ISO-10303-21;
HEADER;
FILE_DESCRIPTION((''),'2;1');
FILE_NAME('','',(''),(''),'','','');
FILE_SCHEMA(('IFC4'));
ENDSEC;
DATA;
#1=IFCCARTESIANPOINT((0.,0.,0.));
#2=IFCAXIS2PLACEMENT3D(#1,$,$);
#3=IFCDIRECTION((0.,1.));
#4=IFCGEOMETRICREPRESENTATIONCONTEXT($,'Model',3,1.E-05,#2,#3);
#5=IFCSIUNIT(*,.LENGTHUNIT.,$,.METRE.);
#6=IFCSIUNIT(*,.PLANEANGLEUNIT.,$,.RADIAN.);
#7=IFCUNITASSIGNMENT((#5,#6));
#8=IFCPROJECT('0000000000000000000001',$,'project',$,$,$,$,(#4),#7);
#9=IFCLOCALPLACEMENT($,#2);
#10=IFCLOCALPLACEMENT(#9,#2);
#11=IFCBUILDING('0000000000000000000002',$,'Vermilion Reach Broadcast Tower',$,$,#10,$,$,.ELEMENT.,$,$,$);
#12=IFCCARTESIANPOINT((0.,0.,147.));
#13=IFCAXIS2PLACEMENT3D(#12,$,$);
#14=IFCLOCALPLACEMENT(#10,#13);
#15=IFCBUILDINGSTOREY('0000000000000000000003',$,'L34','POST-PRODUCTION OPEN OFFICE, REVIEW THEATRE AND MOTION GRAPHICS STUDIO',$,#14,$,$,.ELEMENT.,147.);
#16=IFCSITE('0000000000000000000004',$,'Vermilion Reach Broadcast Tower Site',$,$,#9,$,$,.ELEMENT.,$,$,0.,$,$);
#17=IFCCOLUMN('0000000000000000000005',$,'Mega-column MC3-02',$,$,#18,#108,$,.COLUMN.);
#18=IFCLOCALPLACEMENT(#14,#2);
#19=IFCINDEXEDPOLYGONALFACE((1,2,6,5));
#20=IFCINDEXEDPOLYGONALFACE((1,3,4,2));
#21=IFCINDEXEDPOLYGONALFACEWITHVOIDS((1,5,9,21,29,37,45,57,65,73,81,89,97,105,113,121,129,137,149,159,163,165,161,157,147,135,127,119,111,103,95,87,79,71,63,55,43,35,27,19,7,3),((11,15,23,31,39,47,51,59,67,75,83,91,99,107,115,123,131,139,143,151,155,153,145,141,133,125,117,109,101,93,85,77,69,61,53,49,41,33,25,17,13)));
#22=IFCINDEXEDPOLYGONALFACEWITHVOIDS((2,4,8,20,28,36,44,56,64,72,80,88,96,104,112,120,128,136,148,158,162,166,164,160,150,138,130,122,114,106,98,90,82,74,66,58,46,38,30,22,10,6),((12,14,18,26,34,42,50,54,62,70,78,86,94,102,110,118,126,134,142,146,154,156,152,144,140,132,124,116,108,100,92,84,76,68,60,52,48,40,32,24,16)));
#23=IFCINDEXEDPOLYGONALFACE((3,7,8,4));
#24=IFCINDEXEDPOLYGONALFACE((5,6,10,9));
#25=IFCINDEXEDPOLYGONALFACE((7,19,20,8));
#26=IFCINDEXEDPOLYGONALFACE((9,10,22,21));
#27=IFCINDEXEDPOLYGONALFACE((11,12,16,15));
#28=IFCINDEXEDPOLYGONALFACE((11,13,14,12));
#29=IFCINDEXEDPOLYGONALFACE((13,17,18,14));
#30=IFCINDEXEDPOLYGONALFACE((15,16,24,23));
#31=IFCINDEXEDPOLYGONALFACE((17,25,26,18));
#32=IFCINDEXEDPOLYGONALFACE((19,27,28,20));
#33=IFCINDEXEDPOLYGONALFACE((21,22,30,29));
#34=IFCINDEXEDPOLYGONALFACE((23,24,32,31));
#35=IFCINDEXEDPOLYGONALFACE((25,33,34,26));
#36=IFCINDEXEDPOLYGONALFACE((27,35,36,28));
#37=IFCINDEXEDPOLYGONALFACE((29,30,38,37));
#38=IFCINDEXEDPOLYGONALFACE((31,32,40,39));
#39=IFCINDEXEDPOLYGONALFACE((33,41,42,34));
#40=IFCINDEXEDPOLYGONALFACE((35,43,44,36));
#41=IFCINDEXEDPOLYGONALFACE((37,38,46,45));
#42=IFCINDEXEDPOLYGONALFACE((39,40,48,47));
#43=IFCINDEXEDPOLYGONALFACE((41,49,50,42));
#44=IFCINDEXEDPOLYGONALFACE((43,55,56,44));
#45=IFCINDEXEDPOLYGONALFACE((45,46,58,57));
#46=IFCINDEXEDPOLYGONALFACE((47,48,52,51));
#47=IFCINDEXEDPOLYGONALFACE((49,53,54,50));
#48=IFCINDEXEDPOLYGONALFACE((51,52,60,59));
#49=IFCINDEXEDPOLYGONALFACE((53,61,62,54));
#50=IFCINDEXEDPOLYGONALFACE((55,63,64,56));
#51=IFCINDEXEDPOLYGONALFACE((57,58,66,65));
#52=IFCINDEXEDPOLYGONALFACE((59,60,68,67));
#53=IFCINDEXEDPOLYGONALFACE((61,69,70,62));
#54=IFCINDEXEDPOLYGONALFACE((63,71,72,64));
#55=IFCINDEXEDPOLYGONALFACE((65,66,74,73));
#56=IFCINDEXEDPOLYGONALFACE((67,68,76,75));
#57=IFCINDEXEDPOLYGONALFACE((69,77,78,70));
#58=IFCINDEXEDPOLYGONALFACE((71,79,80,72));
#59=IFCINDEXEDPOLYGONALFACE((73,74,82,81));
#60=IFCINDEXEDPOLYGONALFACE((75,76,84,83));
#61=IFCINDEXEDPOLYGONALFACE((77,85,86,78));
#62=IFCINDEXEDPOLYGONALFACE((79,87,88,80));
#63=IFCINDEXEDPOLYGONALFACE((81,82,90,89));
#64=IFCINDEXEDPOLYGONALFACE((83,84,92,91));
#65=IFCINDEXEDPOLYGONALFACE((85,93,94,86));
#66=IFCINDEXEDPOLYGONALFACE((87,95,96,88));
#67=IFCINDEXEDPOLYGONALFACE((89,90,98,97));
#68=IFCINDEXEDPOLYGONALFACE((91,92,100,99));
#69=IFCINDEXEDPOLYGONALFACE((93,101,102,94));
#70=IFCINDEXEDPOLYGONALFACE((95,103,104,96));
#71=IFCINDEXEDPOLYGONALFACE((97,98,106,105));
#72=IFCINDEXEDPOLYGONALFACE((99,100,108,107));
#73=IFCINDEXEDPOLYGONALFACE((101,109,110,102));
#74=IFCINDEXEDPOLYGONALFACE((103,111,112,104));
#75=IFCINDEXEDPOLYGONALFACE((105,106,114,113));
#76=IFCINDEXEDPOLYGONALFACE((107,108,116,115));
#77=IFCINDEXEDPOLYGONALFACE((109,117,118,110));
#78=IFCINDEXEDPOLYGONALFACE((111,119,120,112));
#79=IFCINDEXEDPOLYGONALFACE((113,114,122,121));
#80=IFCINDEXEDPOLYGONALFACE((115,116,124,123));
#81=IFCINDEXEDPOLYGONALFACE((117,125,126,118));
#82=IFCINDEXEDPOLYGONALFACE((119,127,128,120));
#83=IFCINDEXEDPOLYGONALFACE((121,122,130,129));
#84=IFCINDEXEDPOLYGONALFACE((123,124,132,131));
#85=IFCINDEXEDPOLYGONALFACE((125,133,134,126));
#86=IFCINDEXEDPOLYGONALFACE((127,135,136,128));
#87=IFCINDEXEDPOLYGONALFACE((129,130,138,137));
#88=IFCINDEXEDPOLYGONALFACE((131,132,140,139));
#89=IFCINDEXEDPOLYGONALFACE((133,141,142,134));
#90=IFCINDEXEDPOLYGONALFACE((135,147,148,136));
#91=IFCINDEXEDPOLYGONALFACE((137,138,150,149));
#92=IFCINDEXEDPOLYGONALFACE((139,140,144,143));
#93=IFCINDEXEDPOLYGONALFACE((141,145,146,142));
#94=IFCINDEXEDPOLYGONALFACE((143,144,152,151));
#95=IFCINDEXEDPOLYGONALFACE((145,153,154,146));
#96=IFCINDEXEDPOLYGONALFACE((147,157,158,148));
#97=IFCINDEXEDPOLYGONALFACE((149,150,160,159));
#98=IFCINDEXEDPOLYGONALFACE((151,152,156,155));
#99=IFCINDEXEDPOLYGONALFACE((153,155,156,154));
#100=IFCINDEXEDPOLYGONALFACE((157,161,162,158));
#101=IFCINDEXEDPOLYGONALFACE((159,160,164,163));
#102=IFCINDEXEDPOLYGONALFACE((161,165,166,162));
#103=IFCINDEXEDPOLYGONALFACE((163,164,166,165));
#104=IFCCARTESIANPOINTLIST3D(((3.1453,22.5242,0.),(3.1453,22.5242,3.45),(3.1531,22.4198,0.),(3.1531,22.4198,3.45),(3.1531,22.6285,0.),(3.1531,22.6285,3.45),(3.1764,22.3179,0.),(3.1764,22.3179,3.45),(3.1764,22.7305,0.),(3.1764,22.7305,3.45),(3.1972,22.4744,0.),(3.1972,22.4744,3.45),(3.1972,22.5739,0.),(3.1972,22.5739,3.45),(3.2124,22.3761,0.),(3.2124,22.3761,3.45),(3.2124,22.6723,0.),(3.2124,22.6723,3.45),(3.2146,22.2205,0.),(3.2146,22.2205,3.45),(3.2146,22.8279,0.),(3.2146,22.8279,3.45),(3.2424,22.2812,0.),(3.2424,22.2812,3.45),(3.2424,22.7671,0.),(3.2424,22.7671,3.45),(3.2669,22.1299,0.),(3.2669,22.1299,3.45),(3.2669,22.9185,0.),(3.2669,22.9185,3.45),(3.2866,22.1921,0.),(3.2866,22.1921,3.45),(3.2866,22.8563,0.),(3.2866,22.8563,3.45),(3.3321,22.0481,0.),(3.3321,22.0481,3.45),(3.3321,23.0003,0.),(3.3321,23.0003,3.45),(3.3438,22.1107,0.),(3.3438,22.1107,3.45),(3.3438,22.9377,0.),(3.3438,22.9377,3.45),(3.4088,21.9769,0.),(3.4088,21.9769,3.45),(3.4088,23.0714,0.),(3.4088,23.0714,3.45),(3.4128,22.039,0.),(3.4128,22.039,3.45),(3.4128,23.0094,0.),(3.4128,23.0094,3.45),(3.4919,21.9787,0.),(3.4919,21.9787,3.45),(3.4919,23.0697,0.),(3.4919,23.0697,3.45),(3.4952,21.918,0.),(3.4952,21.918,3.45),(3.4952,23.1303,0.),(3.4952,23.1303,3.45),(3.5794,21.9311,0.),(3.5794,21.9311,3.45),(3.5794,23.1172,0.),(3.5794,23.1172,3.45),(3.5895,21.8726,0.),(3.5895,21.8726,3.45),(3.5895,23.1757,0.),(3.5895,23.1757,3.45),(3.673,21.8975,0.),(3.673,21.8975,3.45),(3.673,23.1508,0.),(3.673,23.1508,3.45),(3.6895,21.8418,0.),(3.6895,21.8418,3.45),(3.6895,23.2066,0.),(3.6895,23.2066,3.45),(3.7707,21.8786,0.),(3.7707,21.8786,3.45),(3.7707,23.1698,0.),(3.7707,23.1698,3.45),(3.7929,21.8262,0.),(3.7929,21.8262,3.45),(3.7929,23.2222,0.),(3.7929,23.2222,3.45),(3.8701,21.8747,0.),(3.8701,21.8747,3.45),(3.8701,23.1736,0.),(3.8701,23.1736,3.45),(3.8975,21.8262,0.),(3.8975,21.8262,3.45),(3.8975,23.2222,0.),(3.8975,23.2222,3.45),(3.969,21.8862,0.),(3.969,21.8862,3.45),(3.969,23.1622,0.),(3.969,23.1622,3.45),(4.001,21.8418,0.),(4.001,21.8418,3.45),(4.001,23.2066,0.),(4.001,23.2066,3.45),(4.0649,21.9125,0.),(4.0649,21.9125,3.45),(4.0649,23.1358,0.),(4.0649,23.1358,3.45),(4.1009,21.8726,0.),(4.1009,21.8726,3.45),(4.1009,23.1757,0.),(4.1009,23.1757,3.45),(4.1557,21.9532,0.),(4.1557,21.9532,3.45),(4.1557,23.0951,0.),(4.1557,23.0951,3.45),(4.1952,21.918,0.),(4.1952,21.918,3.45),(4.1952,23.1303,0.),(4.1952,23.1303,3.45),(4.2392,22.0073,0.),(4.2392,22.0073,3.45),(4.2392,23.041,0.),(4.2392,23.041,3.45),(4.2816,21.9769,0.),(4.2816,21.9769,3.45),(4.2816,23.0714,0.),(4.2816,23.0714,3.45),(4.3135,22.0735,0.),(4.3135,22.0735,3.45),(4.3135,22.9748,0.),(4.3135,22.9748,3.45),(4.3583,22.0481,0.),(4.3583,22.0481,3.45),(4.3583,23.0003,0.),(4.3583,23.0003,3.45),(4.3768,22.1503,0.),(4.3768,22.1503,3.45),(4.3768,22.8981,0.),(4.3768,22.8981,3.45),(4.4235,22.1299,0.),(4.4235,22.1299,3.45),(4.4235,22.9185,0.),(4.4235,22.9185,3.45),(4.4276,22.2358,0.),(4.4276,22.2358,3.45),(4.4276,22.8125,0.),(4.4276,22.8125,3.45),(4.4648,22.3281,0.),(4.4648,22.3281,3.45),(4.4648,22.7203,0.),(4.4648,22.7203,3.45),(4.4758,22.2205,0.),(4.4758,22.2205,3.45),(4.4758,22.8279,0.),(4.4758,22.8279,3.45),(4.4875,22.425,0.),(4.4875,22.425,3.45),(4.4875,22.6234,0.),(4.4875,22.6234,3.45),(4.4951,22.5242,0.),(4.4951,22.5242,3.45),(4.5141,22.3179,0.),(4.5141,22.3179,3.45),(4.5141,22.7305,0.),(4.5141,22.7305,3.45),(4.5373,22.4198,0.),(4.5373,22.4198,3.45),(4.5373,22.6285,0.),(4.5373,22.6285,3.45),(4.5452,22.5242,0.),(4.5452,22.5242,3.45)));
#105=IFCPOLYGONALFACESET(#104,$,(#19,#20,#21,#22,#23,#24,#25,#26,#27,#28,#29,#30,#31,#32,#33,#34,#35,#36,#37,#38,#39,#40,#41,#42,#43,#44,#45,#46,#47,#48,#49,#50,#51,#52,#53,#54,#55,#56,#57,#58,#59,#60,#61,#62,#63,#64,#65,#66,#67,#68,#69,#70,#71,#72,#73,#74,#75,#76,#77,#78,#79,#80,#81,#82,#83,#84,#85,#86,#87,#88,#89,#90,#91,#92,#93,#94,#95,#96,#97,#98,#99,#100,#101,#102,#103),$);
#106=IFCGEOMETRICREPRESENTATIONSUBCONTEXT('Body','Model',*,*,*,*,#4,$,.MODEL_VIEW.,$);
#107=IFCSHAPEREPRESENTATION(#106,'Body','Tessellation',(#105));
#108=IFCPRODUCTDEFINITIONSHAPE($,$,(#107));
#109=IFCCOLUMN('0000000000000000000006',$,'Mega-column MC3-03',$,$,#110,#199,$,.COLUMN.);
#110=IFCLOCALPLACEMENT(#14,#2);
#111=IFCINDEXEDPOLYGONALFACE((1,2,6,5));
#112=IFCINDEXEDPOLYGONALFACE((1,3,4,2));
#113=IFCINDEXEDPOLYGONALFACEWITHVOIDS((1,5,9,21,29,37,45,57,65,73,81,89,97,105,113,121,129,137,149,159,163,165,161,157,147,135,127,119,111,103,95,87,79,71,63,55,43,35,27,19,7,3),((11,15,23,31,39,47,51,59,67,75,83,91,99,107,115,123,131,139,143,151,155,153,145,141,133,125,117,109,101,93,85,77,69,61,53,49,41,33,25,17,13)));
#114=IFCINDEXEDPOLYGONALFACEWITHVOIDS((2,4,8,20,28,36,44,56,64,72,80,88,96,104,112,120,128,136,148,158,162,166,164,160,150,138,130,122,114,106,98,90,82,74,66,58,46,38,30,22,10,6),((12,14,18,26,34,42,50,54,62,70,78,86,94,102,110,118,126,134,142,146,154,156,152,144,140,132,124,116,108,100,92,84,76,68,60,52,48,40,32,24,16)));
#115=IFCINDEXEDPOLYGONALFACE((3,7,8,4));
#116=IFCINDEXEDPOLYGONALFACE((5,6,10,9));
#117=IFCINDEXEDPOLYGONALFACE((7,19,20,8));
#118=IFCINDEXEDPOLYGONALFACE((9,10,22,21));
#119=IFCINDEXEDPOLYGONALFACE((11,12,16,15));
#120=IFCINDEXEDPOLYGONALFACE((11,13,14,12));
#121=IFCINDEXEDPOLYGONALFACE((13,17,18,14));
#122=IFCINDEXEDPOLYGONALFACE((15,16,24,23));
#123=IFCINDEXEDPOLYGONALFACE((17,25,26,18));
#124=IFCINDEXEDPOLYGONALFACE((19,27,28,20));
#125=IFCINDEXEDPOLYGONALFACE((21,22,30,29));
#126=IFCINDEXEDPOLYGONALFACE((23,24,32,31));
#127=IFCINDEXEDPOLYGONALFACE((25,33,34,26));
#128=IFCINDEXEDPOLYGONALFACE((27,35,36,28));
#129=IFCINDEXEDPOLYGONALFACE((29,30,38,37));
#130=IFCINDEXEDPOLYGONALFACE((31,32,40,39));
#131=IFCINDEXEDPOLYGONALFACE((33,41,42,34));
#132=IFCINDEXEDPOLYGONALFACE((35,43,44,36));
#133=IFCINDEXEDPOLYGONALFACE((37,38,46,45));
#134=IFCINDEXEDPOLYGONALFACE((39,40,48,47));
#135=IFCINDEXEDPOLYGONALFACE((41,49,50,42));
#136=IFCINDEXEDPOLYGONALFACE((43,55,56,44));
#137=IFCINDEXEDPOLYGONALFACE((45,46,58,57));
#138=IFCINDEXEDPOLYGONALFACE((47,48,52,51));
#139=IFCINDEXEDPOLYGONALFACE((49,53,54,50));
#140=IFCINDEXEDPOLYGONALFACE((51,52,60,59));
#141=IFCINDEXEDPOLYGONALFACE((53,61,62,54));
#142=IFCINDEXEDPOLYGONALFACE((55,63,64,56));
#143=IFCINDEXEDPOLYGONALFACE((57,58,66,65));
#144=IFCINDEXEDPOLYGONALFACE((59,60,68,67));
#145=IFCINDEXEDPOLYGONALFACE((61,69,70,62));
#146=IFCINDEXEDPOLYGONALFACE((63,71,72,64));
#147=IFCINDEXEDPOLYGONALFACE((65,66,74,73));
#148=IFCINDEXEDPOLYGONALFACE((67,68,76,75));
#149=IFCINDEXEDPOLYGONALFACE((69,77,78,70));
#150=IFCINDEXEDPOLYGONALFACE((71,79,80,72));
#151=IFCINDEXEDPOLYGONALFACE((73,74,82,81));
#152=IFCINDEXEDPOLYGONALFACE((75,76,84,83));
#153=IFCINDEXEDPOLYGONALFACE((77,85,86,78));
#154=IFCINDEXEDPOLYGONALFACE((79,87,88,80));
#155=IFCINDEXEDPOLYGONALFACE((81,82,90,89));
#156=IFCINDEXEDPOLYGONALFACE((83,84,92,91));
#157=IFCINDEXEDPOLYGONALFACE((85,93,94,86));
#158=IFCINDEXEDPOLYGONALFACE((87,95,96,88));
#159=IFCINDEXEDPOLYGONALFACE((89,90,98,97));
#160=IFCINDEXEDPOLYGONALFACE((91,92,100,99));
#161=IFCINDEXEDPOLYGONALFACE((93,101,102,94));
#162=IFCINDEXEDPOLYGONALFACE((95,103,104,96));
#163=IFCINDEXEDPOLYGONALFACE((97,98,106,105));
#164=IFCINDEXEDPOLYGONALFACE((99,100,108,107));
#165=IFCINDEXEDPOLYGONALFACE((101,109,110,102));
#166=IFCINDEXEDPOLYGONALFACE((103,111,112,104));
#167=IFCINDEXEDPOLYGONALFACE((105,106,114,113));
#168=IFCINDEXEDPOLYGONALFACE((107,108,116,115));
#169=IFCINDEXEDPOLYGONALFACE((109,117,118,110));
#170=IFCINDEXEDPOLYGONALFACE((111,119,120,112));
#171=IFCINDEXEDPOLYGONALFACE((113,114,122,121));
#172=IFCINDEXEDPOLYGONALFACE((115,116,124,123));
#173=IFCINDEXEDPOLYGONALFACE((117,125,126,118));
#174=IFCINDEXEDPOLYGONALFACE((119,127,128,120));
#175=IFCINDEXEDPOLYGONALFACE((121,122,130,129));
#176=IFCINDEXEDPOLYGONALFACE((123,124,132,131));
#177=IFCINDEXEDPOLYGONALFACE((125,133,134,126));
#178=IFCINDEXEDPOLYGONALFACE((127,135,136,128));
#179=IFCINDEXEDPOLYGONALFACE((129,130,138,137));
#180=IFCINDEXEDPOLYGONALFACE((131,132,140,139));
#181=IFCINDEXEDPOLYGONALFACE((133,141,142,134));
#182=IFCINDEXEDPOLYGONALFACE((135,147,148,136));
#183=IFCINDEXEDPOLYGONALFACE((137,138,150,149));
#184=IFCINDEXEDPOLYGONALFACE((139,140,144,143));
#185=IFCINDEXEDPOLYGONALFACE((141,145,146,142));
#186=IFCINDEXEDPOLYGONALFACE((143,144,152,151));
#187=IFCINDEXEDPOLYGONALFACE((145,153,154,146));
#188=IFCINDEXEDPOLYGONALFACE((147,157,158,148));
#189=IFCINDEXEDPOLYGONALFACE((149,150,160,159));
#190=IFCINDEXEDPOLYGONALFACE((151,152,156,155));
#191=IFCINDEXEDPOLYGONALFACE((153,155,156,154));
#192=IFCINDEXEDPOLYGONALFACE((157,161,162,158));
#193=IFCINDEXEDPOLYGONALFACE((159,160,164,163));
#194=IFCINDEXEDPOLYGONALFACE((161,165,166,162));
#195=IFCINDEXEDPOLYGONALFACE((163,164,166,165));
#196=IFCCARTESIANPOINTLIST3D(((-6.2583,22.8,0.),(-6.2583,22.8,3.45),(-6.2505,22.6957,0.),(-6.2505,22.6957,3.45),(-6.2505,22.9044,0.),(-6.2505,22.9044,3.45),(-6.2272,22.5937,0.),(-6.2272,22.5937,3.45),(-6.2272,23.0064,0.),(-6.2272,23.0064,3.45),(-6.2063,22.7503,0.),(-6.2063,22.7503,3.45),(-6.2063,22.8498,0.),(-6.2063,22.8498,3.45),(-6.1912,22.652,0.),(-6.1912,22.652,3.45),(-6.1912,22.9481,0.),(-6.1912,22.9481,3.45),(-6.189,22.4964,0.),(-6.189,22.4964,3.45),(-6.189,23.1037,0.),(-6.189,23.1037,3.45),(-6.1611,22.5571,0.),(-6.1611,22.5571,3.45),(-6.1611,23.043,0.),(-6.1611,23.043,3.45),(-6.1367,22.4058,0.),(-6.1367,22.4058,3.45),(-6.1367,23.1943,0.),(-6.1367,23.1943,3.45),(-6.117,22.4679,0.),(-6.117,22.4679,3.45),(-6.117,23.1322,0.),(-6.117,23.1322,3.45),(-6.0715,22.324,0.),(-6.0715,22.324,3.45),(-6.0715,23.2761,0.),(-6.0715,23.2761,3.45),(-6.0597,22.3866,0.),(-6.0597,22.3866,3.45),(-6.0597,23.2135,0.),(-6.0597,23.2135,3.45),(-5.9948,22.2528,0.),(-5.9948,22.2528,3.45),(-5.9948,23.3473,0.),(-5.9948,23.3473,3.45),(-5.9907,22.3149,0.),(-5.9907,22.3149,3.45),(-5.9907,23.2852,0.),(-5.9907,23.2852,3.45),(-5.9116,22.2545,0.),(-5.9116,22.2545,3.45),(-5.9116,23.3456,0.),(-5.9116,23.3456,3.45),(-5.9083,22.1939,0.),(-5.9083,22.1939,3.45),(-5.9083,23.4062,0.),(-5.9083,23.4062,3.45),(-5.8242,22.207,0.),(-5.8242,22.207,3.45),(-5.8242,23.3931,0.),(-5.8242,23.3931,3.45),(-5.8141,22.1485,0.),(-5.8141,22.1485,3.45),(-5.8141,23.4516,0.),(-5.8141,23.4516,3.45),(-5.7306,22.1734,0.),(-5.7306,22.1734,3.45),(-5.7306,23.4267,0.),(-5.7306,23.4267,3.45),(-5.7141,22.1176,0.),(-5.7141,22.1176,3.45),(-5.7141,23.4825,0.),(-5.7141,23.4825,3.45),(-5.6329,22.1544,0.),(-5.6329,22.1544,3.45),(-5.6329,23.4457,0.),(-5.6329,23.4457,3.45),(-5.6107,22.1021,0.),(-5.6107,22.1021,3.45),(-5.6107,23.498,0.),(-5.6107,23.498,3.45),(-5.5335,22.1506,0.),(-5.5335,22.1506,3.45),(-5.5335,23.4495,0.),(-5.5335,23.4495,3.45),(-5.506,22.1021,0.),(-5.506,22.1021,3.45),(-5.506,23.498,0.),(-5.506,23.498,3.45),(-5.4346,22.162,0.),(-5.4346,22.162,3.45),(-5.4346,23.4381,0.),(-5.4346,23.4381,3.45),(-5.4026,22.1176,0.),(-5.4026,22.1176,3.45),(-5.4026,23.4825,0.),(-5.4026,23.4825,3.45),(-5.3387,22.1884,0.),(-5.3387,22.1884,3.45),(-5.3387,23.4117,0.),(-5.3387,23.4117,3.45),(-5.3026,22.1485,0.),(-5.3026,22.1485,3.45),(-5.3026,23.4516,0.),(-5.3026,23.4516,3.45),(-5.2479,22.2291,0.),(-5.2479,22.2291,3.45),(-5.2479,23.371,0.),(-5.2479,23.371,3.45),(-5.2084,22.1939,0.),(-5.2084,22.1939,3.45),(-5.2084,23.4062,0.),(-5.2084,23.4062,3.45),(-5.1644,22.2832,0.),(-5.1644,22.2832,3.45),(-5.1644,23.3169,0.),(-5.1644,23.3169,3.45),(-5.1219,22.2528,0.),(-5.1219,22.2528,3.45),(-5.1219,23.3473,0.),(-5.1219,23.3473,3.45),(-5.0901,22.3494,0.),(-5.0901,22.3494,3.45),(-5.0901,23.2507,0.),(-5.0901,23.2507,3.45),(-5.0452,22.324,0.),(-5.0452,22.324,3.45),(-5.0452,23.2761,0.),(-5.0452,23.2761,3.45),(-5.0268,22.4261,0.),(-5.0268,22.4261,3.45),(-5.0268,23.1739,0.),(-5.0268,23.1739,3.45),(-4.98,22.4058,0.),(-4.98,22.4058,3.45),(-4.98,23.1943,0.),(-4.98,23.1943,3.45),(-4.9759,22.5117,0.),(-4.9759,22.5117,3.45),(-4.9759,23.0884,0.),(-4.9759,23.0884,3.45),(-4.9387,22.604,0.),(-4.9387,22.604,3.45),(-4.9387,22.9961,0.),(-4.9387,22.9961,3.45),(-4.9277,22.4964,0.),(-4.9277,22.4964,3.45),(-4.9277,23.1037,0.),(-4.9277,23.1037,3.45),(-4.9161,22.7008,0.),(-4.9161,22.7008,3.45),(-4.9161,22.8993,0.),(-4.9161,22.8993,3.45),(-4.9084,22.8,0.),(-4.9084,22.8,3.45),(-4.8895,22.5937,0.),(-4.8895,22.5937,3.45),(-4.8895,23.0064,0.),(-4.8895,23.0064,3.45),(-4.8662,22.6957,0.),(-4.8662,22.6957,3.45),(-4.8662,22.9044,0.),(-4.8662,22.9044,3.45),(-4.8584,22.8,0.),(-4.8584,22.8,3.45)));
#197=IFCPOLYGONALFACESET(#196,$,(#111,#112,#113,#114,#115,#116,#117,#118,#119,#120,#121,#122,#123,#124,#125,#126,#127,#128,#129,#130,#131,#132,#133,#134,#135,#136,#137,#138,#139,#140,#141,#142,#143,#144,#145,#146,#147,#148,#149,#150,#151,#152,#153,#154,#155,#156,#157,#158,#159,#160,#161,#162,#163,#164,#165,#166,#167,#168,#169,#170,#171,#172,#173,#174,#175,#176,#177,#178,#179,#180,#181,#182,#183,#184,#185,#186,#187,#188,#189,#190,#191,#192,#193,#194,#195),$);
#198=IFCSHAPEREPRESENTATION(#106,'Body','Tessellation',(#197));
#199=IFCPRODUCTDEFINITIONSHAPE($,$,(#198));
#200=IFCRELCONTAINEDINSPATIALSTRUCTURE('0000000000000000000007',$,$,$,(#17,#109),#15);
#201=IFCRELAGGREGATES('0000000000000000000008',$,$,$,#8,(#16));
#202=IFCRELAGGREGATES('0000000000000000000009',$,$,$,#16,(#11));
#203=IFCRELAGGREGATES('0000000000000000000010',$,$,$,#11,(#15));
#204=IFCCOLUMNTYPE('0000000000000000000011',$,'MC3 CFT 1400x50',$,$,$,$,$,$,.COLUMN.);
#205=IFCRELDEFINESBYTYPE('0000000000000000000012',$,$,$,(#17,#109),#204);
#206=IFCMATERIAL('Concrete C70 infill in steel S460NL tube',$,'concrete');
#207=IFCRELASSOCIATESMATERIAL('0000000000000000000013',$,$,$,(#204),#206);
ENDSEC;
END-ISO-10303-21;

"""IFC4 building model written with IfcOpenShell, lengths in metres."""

from ifc_helpers import new_model, si_unit, direction, frame, origin, origin_2d, place, context, subcontext, project, spatial, hollow_circle, extrude, material, material_profile, profile_set, type_object, element, save


model = new_model("IFC4")

# Units and contexts
model_context = context("Model", 3, precision=1e-05, world=origin(), true_north=direction((0.0, 1.0)))
body_context = subcontext(model_context, "Body", "Model", "MODEL_VIEW")
ifc_project = project(units=[si_unit("LENGTHUNIT", "METRE"), si_unit("PLANEANGLEUNIT", "RADIAN")], contexts=[model_context])

# Site, building, storey
site_placement = place(None, origin())
site = spatial("IfcSite", under=ifc_project, at=site_placement, Name="Vermilion Reach Broadcast Tower Site", CompositionType="ELEMENT", RefElevation=0.0)
building_placement = place(site_placement, origin())
building = spatial("IfcBuilding", under=site, at=building_placement, Name="Vermilion Reach Broadcast Tower", CompositionType="ELEMENT")
storey_placement = place(building_placement, frame((0.0, 0.0, 147.0)))
storey = spatial("IfcBuildingStorey", under=building, at=storey_placement, Name="L34", Description="POST-PRODUCTION OPEN OFFICE, REVIEW THEATRE AND MOTION GRAPHICS STUDIO", CompositionType="ELEMENT", Elevation=147.0)

# Columns
ifc_material_1 = material(Name="Concrete C70 infill in steel S460NL tube", Category="concrete")
ifc_material_profile_1 = material_profile(ifc_material_1, hollow_circle(Radius=0.7, WallThickness=0.05, at=origin_2d()), Name="Concrete C70 infill in steel S460NL tube CFT 1400x50")
ifc_profile_set_1 = profile_set([ifc_material_profile_1], Name="Concrete C70 infill in steel S460NL tube")
column_type = type_object("IfcColumnType", Name="MC3 CFT 1400x50", PredefinedType="COLUMN", material=ifc_profile_set_1)
for number, where, z_axis, x_axis, name in (
    (1, (3.8452, 22.5242, 0.0), (0.0, 0.0, 1.0), (1.0, 0.0, 0.0), "Mega-column MC3-02"),
    (2, (-5.5583, 22.8, 0.0), (0.0, 0.0, 1.0), (1.0, 0.0, 0.0), "Mega-column MC3-03"),
):
    element("IfcColumn", number, at=place(storey_placement, frame(where, z_axis=z_axis, x_axis=x_axis)), inside=storey, type_object=column_type, Name=name, PredefinedType="COLUMN", context=body_context, shape_type="SweptSolid", body=[
        extrude(hollow_circle(Radius=0.7, WallThickness=0.05, at=origin_2d()), origin(), (0.0, 0.0, 1.0), 3.45),
    ])

save(model, "model.ifc")
